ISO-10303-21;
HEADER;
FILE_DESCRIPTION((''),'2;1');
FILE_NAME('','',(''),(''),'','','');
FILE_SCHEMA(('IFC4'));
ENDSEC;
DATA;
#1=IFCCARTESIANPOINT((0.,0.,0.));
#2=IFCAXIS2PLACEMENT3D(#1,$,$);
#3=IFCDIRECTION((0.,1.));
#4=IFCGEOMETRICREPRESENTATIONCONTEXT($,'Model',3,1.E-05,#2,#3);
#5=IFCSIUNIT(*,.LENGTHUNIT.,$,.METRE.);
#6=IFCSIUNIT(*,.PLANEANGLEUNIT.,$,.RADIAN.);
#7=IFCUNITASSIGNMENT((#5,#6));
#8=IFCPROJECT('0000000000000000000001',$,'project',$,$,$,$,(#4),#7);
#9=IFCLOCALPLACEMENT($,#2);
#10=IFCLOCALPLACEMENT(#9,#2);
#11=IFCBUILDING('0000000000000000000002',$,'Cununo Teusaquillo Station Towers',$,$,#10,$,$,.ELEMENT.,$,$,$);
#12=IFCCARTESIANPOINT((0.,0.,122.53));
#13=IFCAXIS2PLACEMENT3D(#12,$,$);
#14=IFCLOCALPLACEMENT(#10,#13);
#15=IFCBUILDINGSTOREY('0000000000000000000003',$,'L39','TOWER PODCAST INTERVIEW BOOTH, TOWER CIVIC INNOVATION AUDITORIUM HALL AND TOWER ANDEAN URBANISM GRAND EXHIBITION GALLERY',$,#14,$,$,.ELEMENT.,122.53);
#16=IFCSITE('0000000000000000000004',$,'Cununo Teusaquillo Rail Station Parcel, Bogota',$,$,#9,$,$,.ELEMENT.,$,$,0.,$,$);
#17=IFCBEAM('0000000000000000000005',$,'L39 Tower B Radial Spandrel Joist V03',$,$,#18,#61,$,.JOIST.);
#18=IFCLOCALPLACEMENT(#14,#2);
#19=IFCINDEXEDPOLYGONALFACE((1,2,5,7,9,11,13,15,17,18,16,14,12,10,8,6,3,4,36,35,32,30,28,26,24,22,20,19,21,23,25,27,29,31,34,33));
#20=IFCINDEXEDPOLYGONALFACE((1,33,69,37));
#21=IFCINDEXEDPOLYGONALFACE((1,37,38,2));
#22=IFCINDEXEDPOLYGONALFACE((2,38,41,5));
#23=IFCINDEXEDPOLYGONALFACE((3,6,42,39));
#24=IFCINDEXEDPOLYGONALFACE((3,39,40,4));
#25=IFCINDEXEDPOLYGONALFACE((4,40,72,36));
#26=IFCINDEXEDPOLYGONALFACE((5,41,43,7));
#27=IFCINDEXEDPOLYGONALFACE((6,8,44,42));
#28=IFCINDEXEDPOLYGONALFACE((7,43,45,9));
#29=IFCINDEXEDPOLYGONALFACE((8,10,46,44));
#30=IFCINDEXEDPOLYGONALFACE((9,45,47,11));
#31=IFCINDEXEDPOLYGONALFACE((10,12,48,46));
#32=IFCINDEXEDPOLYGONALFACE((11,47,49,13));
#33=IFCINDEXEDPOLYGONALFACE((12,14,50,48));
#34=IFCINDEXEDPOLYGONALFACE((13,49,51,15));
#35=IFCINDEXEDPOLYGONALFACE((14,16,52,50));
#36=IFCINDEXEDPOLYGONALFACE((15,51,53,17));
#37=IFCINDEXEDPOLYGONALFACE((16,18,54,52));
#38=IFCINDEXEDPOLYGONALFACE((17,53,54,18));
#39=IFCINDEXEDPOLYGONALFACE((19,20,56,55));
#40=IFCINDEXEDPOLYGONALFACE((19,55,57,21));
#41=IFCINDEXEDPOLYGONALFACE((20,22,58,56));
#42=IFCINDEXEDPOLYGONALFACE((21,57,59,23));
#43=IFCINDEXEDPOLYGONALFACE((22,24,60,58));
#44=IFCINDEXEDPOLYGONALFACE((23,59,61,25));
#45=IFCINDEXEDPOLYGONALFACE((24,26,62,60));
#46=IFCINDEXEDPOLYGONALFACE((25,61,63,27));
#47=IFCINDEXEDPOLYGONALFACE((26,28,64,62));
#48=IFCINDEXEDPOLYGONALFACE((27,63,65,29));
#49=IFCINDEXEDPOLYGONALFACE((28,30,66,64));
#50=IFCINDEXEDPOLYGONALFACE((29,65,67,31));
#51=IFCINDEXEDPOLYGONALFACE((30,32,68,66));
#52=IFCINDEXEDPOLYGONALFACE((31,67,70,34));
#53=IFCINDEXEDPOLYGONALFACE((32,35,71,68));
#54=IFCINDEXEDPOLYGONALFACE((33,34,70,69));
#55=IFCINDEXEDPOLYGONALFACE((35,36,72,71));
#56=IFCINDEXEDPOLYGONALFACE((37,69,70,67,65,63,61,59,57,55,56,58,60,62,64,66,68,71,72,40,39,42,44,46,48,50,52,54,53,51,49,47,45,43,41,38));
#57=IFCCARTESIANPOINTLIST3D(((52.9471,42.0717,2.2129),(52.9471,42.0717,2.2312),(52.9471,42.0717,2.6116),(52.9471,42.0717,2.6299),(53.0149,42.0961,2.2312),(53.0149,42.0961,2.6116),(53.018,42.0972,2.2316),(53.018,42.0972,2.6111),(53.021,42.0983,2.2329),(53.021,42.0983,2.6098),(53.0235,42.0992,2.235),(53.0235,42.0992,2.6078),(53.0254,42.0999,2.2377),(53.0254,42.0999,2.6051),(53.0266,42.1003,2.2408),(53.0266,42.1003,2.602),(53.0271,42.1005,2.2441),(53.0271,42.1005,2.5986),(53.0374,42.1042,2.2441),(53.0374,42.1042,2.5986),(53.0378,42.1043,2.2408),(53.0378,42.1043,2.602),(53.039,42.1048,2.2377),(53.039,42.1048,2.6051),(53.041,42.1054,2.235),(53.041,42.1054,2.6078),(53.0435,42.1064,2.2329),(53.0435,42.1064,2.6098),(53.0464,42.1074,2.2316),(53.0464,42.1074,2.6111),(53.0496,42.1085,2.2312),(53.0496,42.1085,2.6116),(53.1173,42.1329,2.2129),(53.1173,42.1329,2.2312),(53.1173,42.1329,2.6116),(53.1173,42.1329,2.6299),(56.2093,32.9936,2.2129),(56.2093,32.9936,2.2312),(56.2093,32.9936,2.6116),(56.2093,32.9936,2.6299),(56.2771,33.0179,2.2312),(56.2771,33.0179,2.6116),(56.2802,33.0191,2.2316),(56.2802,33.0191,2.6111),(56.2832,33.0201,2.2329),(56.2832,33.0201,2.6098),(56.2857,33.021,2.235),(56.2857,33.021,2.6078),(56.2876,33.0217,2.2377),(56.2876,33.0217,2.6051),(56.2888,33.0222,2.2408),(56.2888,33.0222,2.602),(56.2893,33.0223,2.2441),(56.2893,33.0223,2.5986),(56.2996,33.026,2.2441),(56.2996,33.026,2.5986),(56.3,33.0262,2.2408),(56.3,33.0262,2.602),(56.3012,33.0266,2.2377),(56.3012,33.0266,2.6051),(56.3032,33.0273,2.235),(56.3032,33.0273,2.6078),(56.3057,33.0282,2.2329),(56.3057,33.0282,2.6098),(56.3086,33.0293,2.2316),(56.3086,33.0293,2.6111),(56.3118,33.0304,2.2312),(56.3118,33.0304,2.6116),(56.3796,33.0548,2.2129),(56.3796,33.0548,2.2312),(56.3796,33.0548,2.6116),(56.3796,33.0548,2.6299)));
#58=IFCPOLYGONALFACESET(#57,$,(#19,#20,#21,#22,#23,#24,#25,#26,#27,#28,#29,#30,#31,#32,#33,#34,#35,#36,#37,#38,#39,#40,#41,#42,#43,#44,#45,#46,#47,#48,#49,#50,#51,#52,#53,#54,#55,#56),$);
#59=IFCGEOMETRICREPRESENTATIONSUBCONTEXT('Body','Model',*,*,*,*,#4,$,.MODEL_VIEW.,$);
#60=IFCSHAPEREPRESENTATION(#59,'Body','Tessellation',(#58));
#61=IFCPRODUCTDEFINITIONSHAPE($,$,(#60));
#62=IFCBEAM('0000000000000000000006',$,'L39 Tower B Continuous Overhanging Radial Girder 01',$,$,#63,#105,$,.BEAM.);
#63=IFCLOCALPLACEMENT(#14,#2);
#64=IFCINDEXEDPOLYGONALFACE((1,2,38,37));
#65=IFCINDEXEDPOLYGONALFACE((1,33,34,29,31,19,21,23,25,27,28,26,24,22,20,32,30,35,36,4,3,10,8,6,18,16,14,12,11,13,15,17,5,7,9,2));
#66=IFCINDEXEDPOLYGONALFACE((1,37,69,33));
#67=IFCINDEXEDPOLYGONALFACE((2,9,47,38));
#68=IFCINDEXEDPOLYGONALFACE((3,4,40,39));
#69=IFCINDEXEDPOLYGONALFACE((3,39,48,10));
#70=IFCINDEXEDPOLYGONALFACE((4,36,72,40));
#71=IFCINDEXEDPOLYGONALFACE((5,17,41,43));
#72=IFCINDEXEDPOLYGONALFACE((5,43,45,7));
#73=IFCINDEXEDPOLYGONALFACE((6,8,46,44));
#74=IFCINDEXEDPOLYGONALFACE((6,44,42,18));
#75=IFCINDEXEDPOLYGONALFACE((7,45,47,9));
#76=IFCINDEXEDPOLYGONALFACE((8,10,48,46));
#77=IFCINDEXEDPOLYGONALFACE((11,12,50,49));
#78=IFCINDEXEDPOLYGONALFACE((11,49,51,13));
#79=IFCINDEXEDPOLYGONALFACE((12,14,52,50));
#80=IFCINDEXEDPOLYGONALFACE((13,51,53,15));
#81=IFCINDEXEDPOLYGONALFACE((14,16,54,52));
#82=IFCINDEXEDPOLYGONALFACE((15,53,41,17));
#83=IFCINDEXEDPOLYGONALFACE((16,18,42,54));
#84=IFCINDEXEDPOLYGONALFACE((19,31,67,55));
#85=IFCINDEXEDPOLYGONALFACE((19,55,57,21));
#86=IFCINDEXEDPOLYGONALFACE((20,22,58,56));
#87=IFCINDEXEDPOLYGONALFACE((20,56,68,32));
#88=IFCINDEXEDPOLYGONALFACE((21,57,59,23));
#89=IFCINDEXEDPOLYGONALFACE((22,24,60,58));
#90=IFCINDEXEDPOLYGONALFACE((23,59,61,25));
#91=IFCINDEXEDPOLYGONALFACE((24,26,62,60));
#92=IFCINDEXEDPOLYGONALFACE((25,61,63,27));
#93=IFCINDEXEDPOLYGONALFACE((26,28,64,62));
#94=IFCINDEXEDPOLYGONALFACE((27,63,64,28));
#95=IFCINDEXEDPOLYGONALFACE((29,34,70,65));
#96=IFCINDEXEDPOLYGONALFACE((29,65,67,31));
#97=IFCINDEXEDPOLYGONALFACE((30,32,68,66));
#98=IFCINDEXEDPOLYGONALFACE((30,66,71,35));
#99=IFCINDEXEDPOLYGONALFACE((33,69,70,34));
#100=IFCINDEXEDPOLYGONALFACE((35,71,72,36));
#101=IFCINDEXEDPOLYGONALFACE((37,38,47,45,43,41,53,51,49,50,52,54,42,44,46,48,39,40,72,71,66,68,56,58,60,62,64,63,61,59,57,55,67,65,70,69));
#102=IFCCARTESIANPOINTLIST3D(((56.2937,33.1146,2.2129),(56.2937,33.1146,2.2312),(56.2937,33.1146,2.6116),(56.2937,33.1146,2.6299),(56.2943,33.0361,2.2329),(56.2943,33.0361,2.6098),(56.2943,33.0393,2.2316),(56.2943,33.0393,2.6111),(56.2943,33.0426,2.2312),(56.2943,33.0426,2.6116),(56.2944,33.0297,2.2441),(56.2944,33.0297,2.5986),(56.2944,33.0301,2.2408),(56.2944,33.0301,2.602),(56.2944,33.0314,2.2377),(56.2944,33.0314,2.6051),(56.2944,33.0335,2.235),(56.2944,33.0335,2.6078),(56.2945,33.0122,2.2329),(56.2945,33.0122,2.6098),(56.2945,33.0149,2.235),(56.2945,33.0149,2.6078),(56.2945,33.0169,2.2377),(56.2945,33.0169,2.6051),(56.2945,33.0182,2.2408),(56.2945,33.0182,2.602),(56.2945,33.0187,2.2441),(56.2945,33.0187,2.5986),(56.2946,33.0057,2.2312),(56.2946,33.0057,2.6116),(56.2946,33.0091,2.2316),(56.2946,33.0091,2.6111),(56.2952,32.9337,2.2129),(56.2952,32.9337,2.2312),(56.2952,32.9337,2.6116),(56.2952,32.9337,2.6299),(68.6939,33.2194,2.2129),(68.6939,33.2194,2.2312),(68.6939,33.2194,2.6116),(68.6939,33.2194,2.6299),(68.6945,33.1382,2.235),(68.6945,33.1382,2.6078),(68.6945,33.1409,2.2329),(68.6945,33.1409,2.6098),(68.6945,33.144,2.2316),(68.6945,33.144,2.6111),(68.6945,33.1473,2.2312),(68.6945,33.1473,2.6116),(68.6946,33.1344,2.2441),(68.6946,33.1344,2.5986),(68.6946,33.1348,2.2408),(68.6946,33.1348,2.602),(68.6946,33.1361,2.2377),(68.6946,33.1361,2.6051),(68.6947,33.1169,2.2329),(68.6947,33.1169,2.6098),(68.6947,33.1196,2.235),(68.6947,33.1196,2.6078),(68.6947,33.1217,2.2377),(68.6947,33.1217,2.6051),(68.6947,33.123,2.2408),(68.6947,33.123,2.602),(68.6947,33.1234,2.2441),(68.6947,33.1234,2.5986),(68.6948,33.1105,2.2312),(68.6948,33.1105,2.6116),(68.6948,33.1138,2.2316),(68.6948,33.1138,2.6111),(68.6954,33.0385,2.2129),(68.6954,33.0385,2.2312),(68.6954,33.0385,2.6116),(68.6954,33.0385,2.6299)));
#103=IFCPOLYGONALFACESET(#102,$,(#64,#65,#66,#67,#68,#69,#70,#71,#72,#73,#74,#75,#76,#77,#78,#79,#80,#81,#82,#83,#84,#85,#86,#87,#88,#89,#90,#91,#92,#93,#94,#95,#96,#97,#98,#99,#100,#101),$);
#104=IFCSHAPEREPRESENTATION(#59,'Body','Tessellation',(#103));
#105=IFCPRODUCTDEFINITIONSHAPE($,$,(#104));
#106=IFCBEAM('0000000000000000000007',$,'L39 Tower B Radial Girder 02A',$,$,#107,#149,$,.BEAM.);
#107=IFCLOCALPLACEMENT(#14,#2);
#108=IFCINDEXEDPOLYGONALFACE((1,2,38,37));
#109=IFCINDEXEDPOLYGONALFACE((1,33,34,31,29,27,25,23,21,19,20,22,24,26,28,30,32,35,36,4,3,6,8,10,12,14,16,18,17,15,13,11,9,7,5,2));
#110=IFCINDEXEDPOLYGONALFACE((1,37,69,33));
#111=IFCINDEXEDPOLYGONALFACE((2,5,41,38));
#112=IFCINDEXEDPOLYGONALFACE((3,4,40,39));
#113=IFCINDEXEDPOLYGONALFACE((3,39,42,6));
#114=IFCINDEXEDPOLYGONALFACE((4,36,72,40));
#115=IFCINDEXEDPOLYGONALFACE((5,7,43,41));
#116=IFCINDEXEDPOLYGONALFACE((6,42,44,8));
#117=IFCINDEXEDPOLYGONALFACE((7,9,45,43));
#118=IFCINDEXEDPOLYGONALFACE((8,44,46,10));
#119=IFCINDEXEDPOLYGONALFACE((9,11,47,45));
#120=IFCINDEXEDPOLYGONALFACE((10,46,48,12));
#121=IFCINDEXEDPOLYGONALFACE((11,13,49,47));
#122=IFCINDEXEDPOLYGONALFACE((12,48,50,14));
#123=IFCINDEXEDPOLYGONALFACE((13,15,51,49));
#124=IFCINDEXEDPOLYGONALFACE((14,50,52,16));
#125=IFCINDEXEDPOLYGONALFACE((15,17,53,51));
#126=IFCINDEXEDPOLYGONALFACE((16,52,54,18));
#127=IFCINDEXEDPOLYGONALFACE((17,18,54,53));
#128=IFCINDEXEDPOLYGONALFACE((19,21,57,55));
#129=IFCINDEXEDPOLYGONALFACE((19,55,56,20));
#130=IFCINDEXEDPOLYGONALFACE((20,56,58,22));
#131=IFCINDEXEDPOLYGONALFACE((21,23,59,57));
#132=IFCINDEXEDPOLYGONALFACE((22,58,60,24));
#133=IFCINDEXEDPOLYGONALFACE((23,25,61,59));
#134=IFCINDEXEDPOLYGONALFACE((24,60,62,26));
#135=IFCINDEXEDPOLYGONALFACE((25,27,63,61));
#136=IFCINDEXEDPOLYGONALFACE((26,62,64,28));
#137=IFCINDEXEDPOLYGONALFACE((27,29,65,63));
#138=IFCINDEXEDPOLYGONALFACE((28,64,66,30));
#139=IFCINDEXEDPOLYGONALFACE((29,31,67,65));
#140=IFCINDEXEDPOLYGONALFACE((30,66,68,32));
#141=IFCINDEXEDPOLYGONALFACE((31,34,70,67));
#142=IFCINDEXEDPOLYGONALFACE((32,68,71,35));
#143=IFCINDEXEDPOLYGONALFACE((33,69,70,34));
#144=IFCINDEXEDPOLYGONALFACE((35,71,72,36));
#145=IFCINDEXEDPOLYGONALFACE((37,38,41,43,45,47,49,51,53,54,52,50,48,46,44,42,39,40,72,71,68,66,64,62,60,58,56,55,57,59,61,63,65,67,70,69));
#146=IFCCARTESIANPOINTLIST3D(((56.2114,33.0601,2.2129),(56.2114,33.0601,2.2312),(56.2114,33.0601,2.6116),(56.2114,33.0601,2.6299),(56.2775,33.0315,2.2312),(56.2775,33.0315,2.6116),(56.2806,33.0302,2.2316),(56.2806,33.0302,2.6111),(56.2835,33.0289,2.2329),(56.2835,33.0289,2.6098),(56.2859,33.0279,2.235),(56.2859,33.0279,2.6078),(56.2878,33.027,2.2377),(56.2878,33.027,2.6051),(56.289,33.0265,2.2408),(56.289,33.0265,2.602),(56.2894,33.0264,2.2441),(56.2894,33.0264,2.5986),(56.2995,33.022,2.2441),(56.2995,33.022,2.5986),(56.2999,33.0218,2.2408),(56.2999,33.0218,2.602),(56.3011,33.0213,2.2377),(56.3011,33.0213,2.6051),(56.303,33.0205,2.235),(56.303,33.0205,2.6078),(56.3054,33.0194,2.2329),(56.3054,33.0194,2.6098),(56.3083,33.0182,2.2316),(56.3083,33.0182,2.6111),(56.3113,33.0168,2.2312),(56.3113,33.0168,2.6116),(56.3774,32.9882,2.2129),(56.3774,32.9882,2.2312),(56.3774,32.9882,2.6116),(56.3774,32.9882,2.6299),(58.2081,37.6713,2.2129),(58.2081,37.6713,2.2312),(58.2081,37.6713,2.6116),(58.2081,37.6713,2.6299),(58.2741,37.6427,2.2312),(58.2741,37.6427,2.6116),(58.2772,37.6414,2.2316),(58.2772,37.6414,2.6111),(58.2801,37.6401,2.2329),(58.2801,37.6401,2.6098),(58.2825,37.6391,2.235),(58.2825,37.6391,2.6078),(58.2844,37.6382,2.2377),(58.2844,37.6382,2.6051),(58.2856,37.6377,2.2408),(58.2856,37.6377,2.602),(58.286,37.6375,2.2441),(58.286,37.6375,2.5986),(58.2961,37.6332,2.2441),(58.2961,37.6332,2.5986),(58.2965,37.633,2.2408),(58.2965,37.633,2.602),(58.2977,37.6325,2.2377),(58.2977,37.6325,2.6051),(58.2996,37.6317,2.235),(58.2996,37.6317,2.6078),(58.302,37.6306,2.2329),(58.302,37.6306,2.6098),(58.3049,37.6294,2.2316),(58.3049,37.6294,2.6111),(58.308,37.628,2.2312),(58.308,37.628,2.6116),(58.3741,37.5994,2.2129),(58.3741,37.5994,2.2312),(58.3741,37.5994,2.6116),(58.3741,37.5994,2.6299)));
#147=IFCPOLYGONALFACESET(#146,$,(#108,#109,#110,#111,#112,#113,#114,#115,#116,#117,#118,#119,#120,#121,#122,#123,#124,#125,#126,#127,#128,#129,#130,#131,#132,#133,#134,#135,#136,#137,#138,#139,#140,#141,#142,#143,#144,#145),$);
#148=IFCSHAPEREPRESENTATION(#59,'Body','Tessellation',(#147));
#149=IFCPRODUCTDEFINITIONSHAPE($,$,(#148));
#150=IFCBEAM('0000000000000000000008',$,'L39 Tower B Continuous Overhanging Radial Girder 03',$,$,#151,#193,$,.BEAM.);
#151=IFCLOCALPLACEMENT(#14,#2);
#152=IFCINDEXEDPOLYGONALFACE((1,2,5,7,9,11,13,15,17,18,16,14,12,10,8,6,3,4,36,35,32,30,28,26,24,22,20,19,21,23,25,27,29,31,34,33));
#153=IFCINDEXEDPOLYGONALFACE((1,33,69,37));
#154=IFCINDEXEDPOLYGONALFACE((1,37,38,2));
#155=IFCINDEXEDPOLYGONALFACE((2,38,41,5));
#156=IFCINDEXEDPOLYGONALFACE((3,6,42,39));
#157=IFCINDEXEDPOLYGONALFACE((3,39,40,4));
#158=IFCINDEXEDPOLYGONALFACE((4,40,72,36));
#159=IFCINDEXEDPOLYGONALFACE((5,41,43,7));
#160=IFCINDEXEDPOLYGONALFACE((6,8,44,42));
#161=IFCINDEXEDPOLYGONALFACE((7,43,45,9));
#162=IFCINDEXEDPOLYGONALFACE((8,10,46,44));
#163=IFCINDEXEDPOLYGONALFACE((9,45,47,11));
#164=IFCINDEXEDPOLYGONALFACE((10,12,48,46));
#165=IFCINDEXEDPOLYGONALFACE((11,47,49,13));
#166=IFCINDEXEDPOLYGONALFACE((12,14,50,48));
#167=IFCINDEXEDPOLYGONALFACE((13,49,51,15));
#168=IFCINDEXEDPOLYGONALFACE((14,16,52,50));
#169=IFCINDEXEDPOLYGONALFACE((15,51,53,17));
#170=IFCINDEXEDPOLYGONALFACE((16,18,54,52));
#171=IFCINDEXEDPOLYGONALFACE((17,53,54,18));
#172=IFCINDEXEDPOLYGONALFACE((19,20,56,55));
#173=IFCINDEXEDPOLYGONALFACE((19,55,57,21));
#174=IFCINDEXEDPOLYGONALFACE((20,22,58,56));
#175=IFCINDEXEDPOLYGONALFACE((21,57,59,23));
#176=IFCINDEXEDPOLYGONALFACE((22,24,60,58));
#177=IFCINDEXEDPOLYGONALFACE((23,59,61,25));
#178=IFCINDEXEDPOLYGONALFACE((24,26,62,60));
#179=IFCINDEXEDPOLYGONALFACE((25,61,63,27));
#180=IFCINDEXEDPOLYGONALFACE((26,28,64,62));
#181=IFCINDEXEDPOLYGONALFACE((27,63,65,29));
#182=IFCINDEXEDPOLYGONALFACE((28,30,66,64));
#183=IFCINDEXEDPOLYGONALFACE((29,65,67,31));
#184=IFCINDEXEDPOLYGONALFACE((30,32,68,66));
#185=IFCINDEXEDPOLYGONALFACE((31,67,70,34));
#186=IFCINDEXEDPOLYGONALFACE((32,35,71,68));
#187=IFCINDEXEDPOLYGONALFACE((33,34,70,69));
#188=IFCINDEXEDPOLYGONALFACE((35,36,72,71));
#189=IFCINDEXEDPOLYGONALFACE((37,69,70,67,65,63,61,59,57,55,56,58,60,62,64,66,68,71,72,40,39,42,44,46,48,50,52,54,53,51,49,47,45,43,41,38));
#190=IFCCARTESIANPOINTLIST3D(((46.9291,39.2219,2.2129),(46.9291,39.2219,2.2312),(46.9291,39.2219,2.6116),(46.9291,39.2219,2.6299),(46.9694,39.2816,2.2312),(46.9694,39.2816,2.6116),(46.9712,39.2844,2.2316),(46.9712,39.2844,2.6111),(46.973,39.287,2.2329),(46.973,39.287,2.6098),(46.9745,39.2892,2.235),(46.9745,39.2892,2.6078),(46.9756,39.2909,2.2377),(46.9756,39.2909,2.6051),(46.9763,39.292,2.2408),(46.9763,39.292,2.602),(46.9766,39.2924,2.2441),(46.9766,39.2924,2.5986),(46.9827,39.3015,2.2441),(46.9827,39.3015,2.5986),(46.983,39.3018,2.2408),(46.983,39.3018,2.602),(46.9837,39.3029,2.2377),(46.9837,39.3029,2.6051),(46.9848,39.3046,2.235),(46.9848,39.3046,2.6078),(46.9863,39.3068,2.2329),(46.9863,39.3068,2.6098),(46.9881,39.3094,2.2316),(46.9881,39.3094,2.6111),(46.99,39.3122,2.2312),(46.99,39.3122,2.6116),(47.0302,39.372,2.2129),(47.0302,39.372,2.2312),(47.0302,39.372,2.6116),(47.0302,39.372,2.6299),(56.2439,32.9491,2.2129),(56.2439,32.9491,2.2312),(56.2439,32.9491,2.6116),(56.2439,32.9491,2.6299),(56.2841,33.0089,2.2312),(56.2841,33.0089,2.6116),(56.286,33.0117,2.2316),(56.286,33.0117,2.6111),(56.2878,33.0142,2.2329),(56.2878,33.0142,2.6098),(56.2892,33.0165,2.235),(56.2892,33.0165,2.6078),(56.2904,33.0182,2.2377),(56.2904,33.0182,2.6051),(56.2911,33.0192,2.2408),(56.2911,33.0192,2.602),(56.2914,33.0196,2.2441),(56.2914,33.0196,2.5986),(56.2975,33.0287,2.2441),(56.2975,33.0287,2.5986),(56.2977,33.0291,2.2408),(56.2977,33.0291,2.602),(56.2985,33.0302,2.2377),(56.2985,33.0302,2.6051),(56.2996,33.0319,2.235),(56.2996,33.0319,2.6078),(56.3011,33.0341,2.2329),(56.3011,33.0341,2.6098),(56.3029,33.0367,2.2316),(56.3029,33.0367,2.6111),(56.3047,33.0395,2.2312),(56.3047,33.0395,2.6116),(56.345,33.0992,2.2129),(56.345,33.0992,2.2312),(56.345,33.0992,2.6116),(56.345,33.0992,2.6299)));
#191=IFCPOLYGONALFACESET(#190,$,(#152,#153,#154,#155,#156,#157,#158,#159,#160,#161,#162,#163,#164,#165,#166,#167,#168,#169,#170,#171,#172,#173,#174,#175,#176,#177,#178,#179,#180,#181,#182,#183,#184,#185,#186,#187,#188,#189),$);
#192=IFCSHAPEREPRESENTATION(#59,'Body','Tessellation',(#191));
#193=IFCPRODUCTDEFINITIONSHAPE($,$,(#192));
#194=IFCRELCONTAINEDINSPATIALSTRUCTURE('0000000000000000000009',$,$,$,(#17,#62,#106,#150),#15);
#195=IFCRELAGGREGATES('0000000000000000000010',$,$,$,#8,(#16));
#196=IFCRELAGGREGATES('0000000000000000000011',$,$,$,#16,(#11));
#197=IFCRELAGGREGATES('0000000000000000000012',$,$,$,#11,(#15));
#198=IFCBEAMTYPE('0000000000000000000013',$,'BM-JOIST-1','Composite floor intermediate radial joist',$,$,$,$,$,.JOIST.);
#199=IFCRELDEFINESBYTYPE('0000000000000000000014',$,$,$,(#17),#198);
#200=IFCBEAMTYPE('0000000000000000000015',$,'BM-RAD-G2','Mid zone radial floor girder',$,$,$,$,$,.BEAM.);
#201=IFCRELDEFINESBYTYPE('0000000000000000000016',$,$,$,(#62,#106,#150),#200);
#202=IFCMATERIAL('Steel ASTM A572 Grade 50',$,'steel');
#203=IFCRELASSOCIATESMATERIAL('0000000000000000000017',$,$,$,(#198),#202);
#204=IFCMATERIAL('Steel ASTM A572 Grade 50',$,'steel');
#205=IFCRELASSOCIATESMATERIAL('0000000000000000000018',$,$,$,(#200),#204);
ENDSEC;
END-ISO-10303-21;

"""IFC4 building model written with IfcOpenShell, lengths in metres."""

from ifc_helpers import new_model, si_unit, direction, frame, origin, origin_2d, place, context, subcontext, project, spatial, i_section, extrude, material, material_profile, profile_set, type_object, element, save


model = new_model("IFC4")

# Units and contexts
model_context = context("Model", 3, precision=1e-05, world=origin(), true_north=direction((0.0, 1.0)))
body_context = subcontext(model_context, "Body", "Model", "MODEL_VIEW")
ifc_project = project(units=[si_unit("LENGTHUNIT", "METRE"), si_unit("PLANEANGLEUNIT", "RADIAN")], contexts=[model_context])

# Site, building, storey
site_placement = place(None, origin())
site = spatial("IfcSite", under=ifc_project, at=site_placement, Name="Cununo Teusaquillo Rail Station Parcel, Bogota", CompositionType="ELEMENT", RefElevation=0.0)
building_placement = place(site_placement, origin())
building = spatial("IfcBuilding", under=site, at=building_placement, Name="Cununo Teusaquillo Station Towers", CompositionType="ELEMENT")
storey_placement = place(building_placement, frame((0.0, 0.0, 122.53)))
storey = spatial("IfcBuildingStorey", under=building, at=storey_placement, Name="L39", Description="TOWER PODCAST INTERVIEW BOOTH, TOWER CIVIC INNOVATION AUDITORIUM HALL AND TOWER ANDEAN URBANISM GRAND EXHIBITION GALLERY", CompositionType="ELEMENT", Elevation=122.53)

# Beams
ifc_material_1 = material(Name="Steel ASTM A572 Grade 50", Category="steel")
ifc_material_profile_1 = material_profile(ifc_material_1, i_section(OverallWidth=0.1809, OverallDepth=0.417, WebThickness=0.011, FlangeThickness=0.0183, FilletRadius=0.0129, at=origin_2d()), Name="W16X57")
ifc_profile_set_1 = profile_set([ifc_material_profile_1], Name="Steel ASTM A572 Grade 50")
beam_type_1 = type_object("IfcBeamType", Name="BM-JOIST-1", Description="Composite floor intermediate radial joist", PredefinedType="JOIST", material=ifc_profile_set_1)
beam_1_placement = place(storey_placement, frame((56.2944, 33.0242, 2.4214), z_axis=(-0.338176, 0.941083, 0.0), x_axis=(-0.941083, -0.338176, 0.0)))
element("IfcBeam", 1, at=beam_1_placement, inside=storey, type_object=beam_type_1, Name="L39 Tower B Radial Spandrel Joist V03", PredefinedType="JOIST", context=body_context, shape_type="SweptSolid", body=[
    extrude(i_section(OverallWidth=0.1809, OverallDepth=0.417, WebThickness=0.011, FlangeThickness=0.0183, FilletRadius=0.0129, at=origin_2d()), origin(), (0.0, 0.0, 1.0), 9.6465),
])
ifc_material_2 = material(Name="Steel ASTM A572 Grade 50", Category="steel")
ifc_material_profile_2 = material_profile(ifc_material_2, i_section(OverallWidth=0.1809, OverallDepth=0.417, WebThickness=0.011, FlangeThickness=0.0183, FilletRadius=0.0129, at=origin_2d()), Name="W16X57")
ifc_profile_set_2 = profile_set([ifc_material_profile_2], Name="Steel ASTM A572 Grade 50")
beam_type_2 = type_object("IfcBeamType", Name="BM-RAD-G2", Description="Mid zone radial floor girder", PredefinedType="BEAM", material=ifc_profile_set_2)
beam_2_placement = place(storey_placement, frame((56.2944, 33.0242, 2.4214), z_axis=(0.999964, 0.008446, 0.0), x_axis=(-0.008446, 0.999964, 0.0)))
element("IfcBeam", 2, at=beam_2_placement, inside=storey, type_object=beam_type_2, Name="L39 Tower B Continuous Overhanging Radial Girder 01", PredefinedType="BEAM", context=body_context, shape_type="SweptSolid", body=[
    extrude(i_section(OverallWidth=0.1809, OverallDepth=0.417, WebThickness=0.011, FlangeThickness=0.0183, FilletRadius=0.0129, at=origin_2d()), origin(), (0.0, 0.0, 1.0), 12.4006),
])
beam_3_placement = place(storey_placement, frame((56.2944, 33.0242, 2.4214), z_axis=(0.397347, 0.917668, 0.0), x_axis=(-0.917668, 0.397347, 0.0)))
element("IfcBeam", 3, at=beam_3_placement, inside=storey, type_object=beam_type_2, Name="L39 Tower B Radial Girder 02A", PredefinedType="BEAM", context=body_context, shape_type="SweptSolid", body=[
    extrude(i_section(OverallWidth=0.1809, OverallDepth=0.417, WebThickness=0.011, FlangeThickness=0.0183, FilletRadius=0.0129, at=origin_2d()), origin(), (0.0, 0.0, 1.0), 5.0249),
])
beam_4_placement = place(storey_placement, frame((56.2944, 33.0242, 2.4214), z_axis=(-0.829456, 0.558572, 0.0), x_axis=(-0.558572, -0.829456, 0.0)))
element("IfcBeam", 4, at=beam_4_placement, inside=storey, type_object=beam_type_2, Name="L39 Tower B Continuous Overhanging Radial Girder 03", PredefinedType="BEAM", context=body_context, shape_type="SweptSolid", body=[
    extrude(i_section(OverallWidth=0.1809, OverallDepth=0.417, WebThickness=0.011, FlangeThickness=0.0183, FilletRadius=0.0129, at=origin_2d()), origin(), (0.0, 0.0, 1.0), 11.23),
])

save(model, "model.ifc")
